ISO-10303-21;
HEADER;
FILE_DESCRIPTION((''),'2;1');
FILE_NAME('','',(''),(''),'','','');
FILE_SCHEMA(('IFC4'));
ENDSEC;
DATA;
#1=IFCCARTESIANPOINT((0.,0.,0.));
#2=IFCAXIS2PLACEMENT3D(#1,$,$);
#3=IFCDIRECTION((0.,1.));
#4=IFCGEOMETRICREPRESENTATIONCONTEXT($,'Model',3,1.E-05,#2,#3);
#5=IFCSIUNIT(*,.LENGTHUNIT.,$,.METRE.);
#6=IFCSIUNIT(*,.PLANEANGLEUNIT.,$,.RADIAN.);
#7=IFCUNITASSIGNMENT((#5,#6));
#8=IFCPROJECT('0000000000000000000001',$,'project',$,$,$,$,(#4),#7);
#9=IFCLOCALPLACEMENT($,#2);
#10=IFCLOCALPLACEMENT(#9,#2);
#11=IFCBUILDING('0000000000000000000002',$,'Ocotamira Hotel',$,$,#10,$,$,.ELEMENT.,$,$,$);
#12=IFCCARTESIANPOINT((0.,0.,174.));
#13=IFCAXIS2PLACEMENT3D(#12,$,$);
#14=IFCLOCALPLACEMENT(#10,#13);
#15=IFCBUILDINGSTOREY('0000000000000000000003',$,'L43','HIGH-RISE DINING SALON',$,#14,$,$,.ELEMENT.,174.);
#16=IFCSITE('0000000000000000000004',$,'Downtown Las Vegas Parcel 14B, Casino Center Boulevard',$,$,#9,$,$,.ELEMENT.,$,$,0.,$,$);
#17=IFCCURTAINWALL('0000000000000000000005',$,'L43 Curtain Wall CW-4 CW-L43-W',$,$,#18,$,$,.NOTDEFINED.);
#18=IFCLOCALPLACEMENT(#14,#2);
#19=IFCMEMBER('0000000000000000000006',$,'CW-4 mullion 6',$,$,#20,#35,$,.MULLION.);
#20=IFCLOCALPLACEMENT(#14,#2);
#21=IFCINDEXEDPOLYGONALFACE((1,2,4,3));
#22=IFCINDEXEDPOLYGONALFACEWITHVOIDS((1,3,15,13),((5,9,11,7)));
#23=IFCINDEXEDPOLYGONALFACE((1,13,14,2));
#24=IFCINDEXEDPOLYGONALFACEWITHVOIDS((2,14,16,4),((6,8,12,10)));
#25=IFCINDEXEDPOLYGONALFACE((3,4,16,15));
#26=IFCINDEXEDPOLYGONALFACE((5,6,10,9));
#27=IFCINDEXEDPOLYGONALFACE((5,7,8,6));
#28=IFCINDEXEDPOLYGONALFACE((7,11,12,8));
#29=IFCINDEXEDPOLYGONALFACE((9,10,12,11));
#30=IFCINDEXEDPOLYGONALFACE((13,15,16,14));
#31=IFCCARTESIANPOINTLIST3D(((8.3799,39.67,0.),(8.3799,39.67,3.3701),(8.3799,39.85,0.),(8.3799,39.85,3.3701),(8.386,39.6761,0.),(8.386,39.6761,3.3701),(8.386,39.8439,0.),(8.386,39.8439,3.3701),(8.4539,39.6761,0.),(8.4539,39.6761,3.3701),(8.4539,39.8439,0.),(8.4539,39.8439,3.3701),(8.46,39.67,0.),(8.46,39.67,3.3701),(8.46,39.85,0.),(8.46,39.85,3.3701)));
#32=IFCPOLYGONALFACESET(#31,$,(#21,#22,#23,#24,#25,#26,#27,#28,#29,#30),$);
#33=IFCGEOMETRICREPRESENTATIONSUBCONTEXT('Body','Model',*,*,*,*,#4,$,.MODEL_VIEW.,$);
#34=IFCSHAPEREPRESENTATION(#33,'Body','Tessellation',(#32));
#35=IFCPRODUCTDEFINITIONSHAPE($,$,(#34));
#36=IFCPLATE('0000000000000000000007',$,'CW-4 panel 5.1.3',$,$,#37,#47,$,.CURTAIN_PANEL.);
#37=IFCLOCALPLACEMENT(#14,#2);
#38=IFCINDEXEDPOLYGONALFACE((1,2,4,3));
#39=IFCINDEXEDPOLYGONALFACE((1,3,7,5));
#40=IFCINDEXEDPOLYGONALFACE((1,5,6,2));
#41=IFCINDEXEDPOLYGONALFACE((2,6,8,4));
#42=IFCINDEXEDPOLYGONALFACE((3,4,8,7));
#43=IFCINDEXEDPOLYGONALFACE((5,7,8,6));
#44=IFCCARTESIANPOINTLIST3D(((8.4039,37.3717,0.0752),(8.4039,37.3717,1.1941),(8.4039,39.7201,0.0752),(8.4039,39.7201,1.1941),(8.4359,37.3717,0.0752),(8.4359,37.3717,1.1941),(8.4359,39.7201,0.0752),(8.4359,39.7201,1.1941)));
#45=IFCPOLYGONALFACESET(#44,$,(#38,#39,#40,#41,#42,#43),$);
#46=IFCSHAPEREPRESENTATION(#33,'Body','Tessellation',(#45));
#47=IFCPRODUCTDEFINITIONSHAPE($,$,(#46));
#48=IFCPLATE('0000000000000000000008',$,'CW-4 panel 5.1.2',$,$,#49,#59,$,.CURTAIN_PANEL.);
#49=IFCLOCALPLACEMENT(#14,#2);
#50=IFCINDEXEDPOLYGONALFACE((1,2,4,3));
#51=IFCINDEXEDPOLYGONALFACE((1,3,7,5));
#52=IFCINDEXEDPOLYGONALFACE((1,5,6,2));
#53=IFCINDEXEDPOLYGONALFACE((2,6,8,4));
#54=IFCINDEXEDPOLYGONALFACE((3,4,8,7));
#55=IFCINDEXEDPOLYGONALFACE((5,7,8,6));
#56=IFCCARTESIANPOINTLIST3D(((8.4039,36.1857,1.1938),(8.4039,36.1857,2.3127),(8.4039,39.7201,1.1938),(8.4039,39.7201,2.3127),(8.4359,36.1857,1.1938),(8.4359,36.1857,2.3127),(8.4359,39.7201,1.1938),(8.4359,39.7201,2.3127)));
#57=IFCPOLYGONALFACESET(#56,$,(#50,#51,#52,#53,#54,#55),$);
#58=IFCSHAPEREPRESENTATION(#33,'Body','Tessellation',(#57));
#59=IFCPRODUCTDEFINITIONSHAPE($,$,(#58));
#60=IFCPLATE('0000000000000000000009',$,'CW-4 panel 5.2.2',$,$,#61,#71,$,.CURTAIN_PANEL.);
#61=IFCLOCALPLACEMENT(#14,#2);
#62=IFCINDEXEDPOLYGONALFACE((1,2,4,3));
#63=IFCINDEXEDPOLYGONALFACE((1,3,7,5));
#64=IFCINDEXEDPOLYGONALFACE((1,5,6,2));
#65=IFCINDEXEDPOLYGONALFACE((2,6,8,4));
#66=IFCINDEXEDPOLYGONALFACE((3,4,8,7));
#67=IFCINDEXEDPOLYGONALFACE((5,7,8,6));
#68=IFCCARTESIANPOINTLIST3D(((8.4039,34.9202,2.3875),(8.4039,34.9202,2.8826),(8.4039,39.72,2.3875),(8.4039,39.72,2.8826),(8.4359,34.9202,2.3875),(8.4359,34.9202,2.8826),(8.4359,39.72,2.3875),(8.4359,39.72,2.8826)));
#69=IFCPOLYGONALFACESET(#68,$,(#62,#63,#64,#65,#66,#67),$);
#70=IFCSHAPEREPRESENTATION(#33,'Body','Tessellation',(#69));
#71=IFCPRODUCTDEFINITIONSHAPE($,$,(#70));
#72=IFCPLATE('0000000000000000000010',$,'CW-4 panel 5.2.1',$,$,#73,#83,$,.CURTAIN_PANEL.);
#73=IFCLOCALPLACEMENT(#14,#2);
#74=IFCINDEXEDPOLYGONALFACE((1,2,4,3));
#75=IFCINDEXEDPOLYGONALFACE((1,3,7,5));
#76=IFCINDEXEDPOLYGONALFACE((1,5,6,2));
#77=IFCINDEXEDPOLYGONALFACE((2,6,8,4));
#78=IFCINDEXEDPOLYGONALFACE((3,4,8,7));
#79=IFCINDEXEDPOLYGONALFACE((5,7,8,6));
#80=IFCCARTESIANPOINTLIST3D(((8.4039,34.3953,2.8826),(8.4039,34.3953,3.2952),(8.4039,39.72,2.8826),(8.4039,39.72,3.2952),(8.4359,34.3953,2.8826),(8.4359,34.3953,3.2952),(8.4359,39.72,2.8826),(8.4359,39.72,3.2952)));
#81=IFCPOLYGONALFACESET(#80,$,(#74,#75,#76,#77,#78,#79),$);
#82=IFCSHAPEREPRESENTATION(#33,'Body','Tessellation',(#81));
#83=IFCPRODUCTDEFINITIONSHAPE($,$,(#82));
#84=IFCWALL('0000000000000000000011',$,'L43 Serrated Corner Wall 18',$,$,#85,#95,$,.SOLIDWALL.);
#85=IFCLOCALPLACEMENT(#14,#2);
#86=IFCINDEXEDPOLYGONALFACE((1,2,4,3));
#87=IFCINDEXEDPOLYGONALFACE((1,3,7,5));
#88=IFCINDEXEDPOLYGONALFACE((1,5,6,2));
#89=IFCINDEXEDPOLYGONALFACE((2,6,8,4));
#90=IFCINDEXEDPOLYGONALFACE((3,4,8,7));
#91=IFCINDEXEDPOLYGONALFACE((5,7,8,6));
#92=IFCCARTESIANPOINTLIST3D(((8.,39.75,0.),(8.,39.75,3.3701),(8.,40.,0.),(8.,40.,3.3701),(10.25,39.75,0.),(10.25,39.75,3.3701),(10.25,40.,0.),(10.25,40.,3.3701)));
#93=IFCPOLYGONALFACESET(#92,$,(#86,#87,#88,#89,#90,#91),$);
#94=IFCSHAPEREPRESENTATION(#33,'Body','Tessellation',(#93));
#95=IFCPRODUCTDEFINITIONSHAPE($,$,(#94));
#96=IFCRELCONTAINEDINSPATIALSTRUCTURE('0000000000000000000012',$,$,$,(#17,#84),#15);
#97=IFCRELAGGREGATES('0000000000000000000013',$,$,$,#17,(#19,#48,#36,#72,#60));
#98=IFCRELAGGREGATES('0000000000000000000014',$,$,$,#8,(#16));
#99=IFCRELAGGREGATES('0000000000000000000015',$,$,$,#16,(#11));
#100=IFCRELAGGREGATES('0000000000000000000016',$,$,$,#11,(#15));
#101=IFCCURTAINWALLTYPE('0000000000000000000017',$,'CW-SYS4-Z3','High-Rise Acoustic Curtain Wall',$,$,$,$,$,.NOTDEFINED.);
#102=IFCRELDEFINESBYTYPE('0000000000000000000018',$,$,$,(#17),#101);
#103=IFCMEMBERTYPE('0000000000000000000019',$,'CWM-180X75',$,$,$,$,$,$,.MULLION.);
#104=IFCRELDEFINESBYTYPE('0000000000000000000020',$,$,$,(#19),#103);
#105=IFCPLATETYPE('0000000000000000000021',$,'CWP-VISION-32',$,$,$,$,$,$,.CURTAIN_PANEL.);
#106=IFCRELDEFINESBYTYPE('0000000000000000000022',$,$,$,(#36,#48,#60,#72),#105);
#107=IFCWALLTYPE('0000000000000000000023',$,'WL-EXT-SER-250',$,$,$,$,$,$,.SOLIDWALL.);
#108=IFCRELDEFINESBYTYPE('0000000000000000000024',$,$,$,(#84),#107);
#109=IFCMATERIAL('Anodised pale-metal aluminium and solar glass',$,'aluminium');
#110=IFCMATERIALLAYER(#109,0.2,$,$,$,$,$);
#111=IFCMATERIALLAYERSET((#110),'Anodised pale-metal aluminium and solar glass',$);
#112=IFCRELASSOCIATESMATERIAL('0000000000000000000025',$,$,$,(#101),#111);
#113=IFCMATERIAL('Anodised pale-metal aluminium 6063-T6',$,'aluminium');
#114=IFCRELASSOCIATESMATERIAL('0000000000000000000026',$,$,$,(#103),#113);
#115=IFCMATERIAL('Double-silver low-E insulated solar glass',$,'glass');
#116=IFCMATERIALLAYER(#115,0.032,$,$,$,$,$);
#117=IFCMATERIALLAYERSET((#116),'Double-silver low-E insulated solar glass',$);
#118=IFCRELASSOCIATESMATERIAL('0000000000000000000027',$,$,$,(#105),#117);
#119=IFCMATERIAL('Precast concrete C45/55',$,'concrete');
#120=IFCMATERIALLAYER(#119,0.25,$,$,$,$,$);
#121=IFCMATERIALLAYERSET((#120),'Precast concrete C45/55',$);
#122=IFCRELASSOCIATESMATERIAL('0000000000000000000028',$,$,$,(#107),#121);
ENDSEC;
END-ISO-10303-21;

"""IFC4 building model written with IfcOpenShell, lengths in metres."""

from ifc_helpers import new_model, si_unit, direction, frame, frame_2d, origin, origin_2d, place, context, subcontext, project, spatial, rectangle, hollow_rectangle, extrude, source, transform, mapped, material, layer, layer_set, material_profile, profile_set, type_object, element, aggregate, save


model = new_model("IFC4")

# Units and contexts
model_context = context("Model", 3, precision=1e-05, world=origin(), true_north=direction((0.0, 1.0)))
body_context = subcontext(model_context, "Body", "Model", "MODEL_VIEW")
ifc_project = project(units=[si_unit("LENGTHUNIT", "METRE"), si_unit("PLANEANGLEUNIT", "RADIAN")], contexts=[model_context])

# Site, building, storey
site_placement = place(None, origin())
site = spatial("IfcSite", under=ifc_project, at=site_placement, Name="Downtown Las Vegas Parcel 14B, Casino Center Boulevard", CompositionType="ELEMENT", RefElevation=0.0)
building_placement = place(site_placement, origin())
building = spatial("IfcBuilding", under=site, at=building_placement, Name="Ocotamira Hotel", CompositionType="ELEMENT")
storey_placement = place(building_placement, frame((0.0, 0.0, 174.0)))
storey = spatial("IfcBuildingStorey", under=building, at=storey_placement, Name="L43", Description="HIGH-RISE DINING SALON", CompositionType="ELEMENT", Elevation=174.0)

# Curtain wall, member, plates
ifc_material_1 = material(Name="Anodised pale-metal aluminium and solar glass", Category="aluminium")
ifc_layer_1 = layer(ifc_material_1, 0.2)
ifc_layer_set_1 = layer_set([ifc_layer_1], Name="Anodised pale-metal aluminium and solar glass")
curtain_wall_type = type_object("IfcCurtainWallType", Name="CW-SYS4-Z3", Description="High-Rise Acoustic Curtain Wall", PredefinedType="NOTDEFINED", material=ifc_layer_set_1)
curtain_wall_placement = place(storey_placement, origin())
curtain_wall = element("IfcCurtainWall", 1, at=curtain_wall_placement, inside=storey, type_object=curtain_wall_type, Name="L43 Curtain Wall CW-4 CW-L43-W", PredefinedType="NOTDEFINED")
ifc_material_2 = material(Name="Anodised pale-metal aluminium 6063-T6", Category="aluminium")
ifc_material_profile_1 = material_profile(ifc_material_2, hollow_rectangle(XDim=0.0801, YDim=0.1799, WallThickness=0.0061, at=origin_2d()), Name="HSS180X80X6")
ifc_profile_set_1 = profile_set([ifc_material_profile_1], Name="Anodised pale-metal aluminium 6063-T6")
member_type_1 = type_object("IfcMemberType", Name="CWM-180X75", PredefinedType="MULLION", material=ifc_profile_set_1)
shared_shape_1 = source(origin(), body_context, "Body", "SweptSolid", [
    extrude(hollow_rectangle(XDim=0.0801, YDim=0.1799, WallThickness=0.0061, at=origin_2d()), origin(), (0.0, 0.0, 1.0), 3.3701),
])
member_1_placement = place(storey_placement, frame((8.4199, 39.76, 0.0), z_axis=(0.0, 0.0, 1.0), x_axis=(-1.0, 0.0, 0.0)))
member_1 = element("IfcMember", 2, at=member_1_placement, type_object=member_type_1, Name="CW-4 mullion 6", PredefinedType="MULLION", context=body_context, shape_type="MappedRepresentation", body=[
    mapped(shared_shape_1, transform((0.0, 0.0, 0.0), scale=1.0)),
])
ifc_material_3 = material(Name="Double-silver low-E insulated solar glass", Category="glass")
ifc_layer_2 = layer(ifc_material_3, 0.032)
ifc_layer_set_2 = layer_set([ifc_layer_2], Name="Double-silver low-E insulated solar glass")
plate_type = type_object("IfcPlateType", Name="CWP-VISION-32", PredefinedType="CURTAIN_PANEL", material=ifc_layer_set_2)
shared_shape_2 = source(origin(), body_context, "Body", "SweptSolid", [
    extrude(rectangle(XDim=2.3484, YDim=0.032, at=origin_2d()), origin(), (0.0, 0.0, 1.0), 1.1189),
])
plate_1_placement = place(storey_placement, frame((8.4199, 38.5459, 0.0752), z_axis=(0.0, 0.0, 1.0), x_axis=(0.0, 1.0, 0.0)))
plate_1 = element("IfcPlate", 3, at=plate_1_placement, type_object=plate_type, Name="CW-4 panel 5.1.3", PredefinedType="CURTAIN_PANEL", context=body_context, shape_type="MappedRepresentation", body=[
    mapped(shared_shape_2, transform((0.0, 0.0, 0.0), scale=1.0)),
])
shared_shape_3 = source(origin(), body_context, "Body", "SweptSolid", [
    extrude(rectangle(XDim=3.5344, YDim=0.032, at=origin_2d()), origin(), (0.0, 0.0, 1.0), 1.1189),
])
plate_2_placement = place(storey_placement, frame((8.4199, 37.9529, 1.1938), z_axis=(0.0, 0.0, 1.0), x_axis=(0.0, 1.0, 0.0)))
plate_2 = element("IfcPlate", 4, at=plate_2_placement, type_object=plate_type, Name="CW-4 panel 5.1.2", PredefinedType="CURTAIN_PANEL", context=body_context, shape_type="MappedRepresentation", body=[
    mapped(shared_shape_3, transform((0.0, 0.0, 0.0), scale=1.0)),
])
shared_shape_4 = source(origin(), body_context, "Body", "SweptSolid", [
    extrude(rectangle(XDim=4.7998, YDim=0.032, at=origin_2d()), origin(), (0.0, 0.0, 1.0), 0.4951),
])
plate_3_placement = place(storey_placement, frame((8.4199, 37.3201, 2.3875), z_axis=(0.0, 0.0, 1.0), x_axis=(0.0, 1.0, 0.0)))
plate_3 = element("IfcPlate", 5, at=plate_3_placement, type_object=plate_type, Name="CW-4 panel 5.2.2", PredefinedType="CURTAIN_PANEL", context=body_context, shape_type="MappedRepresentation", body=[
    mapped(shared_shape_4, transform((0.0, 0.0, 0.0), scale=1.0)),
])
shared_shape_5 = source(origin(), body_context, "Body", "SweptSolid", [
    extrude(rectangle(XDim=5.3247, YDim=0.032, at=origin_2d()), origin(), (0.0, 0.0, 1.0), 0.4126),
])
plate_4_placement = place(storey_placement, frame((8.4199, 37.0576, 2.8826), z_axis=(0.0, 0.0, 1.0), x_axis=(0.0, 1.0, 0.0)))
plate_4 = element("IfcPlate", 6, at=plate_4_placement, type_object=plate_type, Name="CW-4 panel 5.2.1", PredefinedType="CURTAIN_PANEL", context=body_context, shape_type="MappedRepresentation", body=[
    mapped(shared_shape_5, transform((0.0, 0.0, 0.0), scale=1.0)),
])
aggregate(curtain_wall, [member_1, plate_2, plate_1, plate_4, plate_3])

# Wall
ifc_material_4 = material(Name="Precast concrete C45/55", Category="concrete")
ifc_layer_3 = layer(ifc_material_4, 0.25)
ifc_layer_set_3 = layer_set([ifc_layer_3], Name="Precast concrete C45/55")
wall_type_1 = type_object("IfcWallType", Name="WL-EXT-SER-250", PredefinedType="SOLIDWALL", material=ifc_layer_set_3)
wall_1_placement = place(storey_placement, frame((10.25, 39.875, 0.0), z_axis=(0.0, 0.0, 1.0), x_axis=(-1.0, 0.0, 0.0)))
element("IfcWall", 7, at=wall_1_placement, inside=storey, type_object=wall_type_1, Name="L43 Serrated Corner Wall 18", PredefinedType="SOLIDWALL", context=body_context, shape_type="SweptSolid", body=[
    extrude(rectangle(XDim=2.25, YDim=0.25, at=frame_2d((1.125, 0.0))), origin(), (0.0, 0.0, 1.0), 3.3701),
])

save(model, "model.ifc")
